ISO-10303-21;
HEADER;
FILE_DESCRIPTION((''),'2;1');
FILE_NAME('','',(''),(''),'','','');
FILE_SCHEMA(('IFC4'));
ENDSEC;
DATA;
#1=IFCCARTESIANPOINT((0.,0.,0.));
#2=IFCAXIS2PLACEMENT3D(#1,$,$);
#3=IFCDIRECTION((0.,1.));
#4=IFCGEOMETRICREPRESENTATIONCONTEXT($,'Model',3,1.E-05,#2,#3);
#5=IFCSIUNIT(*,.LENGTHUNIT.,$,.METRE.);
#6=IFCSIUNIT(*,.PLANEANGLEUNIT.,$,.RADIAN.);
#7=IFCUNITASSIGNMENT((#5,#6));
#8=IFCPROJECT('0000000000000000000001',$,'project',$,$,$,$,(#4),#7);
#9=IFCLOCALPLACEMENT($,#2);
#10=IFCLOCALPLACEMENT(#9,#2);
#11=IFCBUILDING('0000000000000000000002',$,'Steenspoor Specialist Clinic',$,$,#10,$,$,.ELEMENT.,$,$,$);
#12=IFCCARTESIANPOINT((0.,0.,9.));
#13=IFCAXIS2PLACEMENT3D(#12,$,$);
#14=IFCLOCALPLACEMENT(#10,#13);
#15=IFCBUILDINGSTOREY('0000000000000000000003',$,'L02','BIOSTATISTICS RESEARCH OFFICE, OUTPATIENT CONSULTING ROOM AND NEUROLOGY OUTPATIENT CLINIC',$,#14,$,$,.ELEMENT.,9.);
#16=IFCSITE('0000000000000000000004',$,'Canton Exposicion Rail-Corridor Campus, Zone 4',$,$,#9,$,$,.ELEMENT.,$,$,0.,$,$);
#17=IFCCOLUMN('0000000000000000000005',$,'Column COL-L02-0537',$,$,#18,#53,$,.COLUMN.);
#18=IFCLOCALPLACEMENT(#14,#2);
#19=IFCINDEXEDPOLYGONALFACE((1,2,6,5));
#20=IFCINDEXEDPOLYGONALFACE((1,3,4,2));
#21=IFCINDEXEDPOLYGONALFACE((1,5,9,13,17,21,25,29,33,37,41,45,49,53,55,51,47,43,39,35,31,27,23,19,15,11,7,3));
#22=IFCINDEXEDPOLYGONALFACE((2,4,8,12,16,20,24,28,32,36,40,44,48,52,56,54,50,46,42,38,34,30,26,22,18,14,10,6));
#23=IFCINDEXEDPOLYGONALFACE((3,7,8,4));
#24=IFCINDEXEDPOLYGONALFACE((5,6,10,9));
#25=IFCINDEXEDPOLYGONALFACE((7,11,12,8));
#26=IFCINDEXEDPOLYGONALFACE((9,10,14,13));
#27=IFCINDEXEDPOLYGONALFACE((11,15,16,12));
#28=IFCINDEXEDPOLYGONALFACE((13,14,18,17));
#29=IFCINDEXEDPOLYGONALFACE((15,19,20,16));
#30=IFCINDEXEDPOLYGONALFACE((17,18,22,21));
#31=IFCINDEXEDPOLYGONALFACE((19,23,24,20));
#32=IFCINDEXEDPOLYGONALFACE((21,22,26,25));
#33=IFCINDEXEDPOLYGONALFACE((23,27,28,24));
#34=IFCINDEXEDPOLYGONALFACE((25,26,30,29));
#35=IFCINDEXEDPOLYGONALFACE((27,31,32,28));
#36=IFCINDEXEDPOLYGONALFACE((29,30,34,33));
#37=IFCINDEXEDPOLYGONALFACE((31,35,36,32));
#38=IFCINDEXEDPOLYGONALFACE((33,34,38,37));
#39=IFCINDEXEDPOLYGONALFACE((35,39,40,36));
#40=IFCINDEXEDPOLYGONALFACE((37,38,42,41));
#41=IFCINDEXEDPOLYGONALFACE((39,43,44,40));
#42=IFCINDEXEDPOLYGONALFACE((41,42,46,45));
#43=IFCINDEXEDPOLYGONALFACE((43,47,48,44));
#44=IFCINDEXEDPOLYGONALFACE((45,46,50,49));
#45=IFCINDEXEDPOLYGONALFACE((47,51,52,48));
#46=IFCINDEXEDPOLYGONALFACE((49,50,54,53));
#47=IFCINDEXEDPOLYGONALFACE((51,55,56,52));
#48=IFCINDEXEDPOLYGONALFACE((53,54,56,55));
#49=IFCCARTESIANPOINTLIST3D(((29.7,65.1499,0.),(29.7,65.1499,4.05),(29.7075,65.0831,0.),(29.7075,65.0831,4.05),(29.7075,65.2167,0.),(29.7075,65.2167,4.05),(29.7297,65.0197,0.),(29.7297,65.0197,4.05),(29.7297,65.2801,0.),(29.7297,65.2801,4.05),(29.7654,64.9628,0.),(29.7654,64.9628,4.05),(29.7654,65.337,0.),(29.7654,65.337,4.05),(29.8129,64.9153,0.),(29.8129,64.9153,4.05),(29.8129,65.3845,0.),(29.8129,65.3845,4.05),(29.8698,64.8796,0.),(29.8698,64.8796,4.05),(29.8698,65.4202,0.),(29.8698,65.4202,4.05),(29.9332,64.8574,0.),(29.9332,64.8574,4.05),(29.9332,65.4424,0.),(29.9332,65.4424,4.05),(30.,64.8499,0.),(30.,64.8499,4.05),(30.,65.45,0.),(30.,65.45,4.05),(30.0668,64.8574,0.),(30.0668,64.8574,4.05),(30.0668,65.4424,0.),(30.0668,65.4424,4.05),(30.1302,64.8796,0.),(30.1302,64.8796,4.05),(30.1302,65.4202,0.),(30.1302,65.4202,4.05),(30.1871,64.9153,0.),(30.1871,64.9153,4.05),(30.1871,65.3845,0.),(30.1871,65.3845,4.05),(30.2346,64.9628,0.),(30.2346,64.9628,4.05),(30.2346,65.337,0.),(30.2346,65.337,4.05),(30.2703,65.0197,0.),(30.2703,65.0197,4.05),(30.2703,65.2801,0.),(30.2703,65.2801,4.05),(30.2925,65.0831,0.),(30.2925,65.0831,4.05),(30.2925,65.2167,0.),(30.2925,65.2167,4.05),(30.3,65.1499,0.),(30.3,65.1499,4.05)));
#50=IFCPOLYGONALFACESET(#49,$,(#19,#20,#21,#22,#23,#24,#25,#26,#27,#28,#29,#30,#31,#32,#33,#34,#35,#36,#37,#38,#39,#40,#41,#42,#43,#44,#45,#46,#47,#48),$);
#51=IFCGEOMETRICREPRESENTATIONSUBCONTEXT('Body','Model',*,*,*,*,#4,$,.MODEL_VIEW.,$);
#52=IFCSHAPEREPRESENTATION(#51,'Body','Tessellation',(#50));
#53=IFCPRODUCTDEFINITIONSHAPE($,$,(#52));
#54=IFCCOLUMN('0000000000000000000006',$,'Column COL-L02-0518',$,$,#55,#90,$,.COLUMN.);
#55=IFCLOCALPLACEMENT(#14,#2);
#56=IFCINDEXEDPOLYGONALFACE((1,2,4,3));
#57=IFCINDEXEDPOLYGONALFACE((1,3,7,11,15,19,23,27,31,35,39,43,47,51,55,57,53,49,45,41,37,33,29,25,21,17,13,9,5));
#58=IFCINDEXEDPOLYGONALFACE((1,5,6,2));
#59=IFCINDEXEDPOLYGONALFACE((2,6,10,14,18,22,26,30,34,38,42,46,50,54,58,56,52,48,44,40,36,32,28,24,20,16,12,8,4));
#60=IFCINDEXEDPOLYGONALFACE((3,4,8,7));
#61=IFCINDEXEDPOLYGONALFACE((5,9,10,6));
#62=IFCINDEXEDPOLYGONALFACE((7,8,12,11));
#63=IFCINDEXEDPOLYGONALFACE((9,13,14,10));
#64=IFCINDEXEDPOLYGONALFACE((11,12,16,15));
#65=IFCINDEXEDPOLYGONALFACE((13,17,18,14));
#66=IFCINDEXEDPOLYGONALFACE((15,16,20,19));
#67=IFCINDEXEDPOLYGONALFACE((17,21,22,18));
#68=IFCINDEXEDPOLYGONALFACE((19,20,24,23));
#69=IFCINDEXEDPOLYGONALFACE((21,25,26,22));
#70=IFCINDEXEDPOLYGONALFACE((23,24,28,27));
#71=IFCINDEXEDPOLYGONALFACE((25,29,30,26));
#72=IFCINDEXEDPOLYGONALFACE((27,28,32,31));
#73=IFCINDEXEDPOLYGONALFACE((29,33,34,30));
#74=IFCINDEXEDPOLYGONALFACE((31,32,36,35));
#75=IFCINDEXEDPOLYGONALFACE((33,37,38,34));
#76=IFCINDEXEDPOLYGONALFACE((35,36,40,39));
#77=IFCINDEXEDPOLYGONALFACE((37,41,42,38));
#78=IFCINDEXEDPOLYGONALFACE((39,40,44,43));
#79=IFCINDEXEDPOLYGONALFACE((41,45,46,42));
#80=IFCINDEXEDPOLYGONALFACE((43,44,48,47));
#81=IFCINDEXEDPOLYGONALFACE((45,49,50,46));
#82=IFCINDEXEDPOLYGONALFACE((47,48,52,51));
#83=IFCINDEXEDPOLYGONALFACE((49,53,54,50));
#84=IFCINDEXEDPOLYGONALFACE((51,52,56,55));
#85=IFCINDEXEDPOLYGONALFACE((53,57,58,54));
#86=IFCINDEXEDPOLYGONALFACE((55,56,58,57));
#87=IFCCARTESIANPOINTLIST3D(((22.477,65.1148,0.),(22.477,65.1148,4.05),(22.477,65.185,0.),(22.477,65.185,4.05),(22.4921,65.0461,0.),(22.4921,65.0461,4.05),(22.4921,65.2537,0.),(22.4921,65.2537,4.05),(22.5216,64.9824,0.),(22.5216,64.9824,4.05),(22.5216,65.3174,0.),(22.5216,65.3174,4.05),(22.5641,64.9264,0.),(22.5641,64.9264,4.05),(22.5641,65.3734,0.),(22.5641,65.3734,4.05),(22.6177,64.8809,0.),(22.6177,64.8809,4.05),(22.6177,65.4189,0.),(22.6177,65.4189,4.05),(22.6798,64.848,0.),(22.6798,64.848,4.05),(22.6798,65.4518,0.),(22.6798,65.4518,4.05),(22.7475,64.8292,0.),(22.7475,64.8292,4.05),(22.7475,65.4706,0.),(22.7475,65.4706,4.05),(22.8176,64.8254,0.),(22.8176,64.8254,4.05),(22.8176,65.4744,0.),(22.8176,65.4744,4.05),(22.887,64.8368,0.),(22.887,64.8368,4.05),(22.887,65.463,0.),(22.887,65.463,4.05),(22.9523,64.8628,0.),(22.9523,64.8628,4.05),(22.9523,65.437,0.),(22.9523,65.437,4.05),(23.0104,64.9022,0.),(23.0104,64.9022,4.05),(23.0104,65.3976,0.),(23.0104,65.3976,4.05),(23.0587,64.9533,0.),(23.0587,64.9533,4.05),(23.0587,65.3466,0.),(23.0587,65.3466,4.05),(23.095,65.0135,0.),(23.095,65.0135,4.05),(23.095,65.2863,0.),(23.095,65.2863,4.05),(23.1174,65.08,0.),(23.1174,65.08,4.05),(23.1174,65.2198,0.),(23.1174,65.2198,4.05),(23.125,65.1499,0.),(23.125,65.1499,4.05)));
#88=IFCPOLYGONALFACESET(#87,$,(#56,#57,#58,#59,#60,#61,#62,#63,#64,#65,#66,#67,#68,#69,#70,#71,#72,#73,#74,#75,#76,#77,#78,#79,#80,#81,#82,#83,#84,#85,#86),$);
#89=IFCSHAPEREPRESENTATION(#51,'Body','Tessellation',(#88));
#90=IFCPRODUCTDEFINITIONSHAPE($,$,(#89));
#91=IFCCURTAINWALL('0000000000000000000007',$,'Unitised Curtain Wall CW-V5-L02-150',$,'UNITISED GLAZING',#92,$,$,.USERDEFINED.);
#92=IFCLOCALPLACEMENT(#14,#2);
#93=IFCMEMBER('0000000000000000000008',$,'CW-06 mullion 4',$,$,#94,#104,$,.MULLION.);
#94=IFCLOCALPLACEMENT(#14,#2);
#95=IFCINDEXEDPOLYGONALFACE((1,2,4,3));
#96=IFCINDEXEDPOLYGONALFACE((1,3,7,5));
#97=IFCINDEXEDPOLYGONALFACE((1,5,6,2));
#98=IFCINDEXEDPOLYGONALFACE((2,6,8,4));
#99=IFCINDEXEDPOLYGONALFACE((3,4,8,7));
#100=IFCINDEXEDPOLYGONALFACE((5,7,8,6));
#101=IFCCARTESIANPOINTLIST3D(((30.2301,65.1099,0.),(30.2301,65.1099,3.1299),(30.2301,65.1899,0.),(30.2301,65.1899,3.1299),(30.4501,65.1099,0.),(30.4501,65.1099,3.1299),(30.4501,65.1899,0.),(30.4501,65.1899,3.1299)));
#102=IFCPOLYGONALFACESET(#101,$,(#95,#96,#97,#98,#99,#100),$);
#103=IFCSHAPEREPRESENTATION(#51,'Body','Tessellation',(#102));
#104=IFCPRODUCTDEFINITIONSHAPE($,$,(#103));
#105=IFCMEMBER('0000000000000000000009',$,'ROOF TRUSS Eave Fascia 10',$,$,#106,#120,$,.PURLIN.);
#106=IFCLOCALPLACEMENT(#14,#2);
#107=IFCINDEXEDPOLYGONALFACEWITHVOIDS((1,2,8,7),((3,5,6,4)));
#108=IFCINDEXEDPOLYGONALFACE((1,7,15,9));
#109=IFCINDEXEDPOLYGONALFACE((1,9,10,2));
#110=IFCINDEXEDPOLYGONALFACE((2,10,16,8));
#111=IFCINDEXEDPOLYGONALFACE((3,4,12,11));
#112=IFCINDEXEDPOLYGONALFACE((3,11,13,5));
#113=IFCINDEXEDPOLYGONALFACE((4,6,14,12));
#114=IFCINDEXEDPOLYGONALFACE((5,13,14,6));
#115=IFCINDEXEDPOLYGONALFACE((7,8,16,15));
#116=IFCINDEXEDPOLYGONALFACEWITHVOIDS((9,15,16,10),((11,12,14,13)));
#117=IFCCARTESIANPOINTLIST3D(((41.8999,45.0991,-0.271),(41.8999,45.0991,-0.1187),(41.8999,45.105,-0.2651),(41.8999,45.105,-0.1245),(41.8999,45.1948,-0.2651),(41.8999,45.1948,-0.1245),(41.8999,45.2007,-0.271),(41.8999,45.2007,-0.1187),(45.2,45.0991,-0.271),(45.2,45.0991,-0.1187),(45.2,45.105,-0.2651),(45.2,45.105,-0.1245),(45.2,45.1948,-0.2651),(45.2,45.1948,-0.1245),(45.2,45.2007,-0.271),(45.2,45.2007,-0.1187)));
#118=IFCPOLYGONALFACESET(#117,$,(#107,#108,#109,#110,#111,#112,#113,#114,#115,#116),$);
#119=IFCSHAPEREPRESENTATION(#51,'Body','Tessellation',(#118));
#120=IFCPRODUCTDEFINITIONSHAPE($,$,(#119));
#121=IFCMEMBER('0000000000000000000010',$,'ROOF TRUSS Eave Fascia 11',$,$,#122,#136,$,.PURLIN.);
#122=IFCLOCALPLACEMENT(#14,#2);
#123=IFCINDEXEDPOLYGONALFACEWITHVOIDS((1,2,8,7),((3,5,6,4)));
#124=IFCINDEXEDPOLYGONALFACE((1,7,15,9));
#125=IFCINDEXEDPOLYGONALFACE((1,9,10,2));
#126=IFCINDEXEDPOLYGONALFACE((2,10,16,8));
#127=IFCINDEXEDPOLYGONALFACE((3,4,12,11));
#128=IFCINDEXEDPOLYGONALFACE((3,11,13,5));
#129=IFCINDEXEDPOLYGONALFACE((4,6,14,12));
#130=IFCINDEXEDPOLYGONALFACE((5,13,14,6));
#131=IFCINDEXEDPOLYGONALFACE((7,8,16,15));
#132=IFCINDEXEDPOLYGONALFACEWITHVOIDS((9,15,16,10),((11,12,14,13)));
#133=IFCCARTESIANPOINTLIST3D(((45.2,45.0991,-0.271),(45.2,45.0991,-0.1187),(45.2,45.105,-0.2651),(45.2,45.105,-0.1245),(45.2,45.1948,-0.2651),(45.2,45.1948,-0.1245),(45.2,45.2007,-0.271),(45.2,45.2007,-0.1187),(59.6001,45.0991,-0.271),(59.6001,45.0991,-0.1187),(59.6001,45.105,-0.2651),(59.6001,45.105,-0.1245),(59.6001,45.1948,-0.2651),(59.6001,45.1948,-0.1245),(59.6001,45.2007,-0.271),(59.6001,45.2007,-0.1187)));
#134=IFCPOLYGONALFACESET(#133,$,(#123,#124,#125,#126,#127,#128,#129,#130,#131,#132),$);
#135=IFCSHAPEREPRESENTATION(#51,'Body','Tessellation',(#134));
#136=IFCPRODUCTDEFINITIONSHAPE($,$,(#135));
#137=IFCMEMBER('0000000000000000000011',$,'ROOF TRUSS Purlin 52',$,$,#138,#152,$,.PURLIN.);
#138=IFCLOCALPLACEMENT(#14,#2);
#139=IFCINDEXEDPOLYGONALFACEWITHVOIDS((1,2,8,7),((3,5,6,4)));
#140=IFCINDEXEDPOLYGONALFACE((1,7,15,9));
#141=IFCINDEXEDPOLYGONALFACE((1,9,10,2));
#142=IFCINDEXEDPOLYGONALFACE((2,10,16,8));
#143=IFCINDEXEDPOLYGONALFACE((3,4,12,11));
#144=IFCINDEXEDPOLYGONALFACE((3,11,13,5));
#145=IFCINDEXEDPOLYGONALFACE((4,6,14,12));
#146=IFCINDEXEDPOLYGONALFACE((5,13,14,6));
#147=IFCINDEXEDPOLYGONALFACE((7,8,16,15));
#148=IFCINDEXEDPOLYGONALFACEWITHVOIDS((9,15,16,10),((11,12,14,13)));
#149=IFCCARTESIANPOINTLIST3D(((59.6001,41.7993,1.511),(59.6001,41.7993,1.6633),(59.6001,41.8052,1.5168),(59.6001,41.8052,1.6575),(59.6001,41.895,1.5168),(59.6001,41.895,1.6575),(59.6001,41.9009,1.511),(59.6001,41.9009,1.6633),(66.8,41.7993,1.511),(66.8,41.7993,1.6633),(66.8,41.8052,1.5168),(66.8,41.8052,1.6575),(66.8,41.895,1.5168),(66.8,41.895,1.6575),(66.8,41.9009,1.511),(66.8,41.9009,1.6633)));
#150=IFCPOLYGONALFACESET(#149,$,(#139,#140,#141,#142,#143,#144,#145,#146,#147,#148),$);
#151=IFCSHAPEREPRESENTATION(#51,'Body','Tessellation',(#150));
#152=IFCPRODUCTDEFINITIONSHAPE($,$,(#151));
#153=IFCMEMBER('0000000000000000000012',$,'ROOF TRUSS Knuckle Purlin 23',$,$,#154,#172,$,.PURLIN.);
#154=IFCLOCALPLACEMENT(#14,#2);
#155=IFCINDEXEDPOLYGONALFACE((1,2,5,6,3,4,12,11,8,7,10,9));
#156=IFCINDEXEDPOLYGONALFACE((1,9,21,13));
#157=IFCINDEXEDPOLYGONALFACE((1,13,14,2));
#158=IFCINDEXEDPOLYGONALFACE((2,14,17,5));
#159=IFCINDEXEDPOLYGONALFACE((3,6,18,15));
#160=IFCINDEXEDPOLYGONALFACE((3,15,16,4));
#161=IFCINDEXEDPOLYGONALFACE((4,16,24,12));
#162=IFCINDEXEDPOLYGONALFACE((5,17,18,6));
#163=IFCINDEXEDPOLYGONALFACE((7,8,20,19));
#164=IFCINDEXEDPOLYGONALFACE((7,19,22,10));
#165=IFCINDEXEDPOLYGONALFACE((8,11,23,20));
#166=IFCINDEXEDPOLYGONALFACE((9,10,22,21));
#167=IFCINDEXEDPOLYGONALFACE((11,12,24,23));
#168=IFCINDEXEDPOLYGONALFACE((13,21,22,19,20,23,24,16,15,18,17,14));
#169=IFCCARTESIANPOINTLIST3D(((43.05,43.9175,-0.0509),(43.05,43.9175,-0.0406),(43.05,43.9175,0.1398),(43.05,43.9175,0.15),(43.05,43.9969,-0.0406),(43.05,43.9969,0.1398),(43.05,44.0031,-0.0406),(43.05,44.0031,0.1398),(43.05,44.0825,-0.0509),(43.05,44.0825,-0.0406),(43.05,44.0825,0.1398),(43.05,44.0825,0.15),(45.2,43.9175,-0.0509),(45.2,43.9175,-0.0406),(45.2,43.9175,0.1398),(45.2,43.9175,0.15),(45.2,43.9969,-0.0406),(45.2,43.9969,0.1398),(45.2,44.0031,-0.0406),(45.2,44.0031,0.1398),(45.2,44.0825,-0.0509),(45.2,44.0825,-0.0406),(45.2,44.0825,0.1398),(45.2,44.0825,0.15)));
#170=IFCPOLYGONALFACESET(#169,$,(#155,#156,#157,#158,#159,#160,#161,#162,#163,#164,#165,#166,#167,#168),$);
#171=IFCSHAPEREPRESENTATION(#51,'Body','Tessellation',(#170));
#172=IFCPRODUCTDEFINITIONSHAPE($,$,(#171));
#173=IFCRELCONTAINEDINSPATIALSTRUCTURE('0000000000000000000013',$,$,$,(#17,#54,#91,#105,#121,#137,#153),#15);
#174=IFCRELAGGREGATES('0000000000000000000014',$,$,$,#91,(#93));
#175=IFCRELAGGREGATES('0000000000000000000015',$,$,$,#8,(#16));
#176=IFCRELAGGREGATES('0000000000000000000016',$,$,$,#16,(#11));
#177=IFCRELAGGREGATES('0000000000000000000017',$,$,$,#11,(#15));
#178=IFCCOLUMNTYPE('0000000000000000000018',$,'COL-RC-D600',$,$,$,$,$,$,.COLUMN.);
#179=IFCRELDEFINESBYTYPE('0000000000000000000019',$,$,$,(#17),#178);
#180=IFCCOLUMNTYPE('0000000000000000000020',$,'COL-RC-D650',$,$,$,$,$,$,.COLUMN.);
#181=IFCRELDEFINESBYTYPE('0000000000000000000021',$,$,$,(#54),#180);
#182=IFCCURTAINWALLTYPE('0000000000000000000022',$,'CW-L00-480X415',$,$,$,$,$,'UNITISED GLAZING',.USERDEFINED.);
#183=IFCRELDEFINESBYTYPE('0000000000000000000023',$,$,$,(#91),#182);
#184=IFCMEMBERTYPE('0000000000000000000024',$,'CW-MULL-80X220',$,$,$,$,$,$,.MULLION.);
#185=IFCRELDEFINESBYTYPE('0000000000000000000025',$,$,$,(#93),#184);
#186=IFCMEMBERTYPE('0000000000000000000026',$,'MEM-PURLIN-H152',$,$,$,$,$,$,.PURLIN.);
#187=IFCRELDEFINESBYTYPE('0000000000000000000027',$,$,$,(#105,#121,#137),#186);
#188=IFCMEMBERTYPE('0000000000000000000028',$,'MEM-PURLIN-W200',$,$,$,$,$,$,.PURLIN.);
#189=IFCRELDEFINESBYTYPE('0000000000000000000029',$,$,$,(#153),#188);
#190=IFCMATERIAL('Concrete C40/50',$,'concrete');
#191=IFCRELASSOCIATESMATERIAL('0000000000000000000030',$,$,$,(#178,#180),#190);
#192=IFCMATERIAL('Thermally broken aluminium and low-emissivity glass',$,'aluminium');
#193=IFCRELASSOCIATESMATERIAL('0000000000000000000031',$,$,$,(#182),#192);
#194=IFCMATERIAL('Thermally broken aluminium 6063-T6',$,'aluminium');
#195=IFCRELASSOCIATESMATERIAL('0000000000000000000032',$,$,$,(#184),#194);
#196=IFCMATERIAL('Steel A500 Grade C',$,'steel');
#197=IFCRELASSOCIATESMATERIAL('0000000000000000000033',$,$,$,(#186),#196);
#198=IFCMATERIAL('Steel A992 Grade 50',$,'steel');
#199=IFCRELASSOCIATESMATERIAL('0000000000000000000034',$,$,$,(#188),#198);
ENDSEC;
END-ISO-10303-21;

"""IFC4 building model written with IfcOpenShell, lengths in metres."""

from ifc_helpers import new_model, si_unit, direction, frame, origin, origin_2d, place, context, subcontext, project, spatial, rectangle, hollow_rectangle, circle, i_section, extrude, material, material_profile, profile_set, type_object, element, aggregate, save


model = new_model("IFC4")

# Units and contexts
model_context = context("Model", 3, precision=1e-05, world=origin(), true_north=direction((0.0, 1.0)))
body_context = subcontext(model_context, "Body", "Model", "MODEL_VIEW")
ifc_project = project(units=[si_unit("LENGTHUNIT", "METRE"), si_unit("PLANEANGLEUNIT", "RADIAN")], contexts=[model_context])

# Site, building, storey
site_placement = place(None, origin())
site = spatial("IfcSite", under=ifc_project, at=site_placement, Name="Canton Exposicion Rail-Corridor Campus, Zone 4", CompositionType="ELEMENT", RefElevation=0.0)
building_placement = place(site_placement, origin())
building = spatial("IfcBuilding", under=site, at=building_placement, Name="Steenspoor Specialist Clinic", CompositionType="ELEMENT")
storey_placement = place(building_placement, frame((0.0, 0.0, 9.0)))
storey = spatial("IfcBuildingStorey", under=building, at=storey_placement, Name="L02", Description="BIOSTATISTICS RESEARCH OFFICE, OUTPATIENT CONSULTING ROOM AND NEUROLOGY OUTPATIENT CLINIC", CompositionType="ELEMENT", Elevation=9.0)

# Columns
ifc_material_1 = material(Name="Concrete C40/50", Category="concrete")
ifc_material_profile_1 = material_profile(ifc_material_1, circle(Radius=0.3, at=origin_2d()), Name="RC-COL-D600")
ifc_profile_set_1 = profile_set([ifc_material_profile_1], Name="Concrete C40/50")
column_type_1 = type_object("IfcColumnType", Name="COL-RC-D600", PredefinedType="COLUMN", material=ifc_profile_set_1)
column_1_placement = place(storey_placement, frame((30.0, 65.1499, 0.0), z_axis=(0.0, 0.0, 1.0), x_axis=(1.0, 0.0, 0.0)))
element("IfcColumn", 1, at=column_1_placement, inside=storey, type_object=column_type_1, Name="Column COL-L02-0537", PredefinedType="COLUMN", context=body_context, shape_type="SweptSolid", body=[
    extrude(circle(Radius=0.3, at=origin_2d()), origin(), (0.0, 0.0, 1.0), 4.05),
])
ifc_material_profile_2 = material_profile(ifc_material_1, circle(Radius=0.325, at=origin_2d()), Name="RC-COL-D650")
ifc_profile_set_2 = profile_set([ifc_material_profile_2], Name="Concrete C40/50")
column_type_2 = type_object("IfcColumnType", Name="COL-RC-D650", PredefinedType="COLUMN", material=ifc_profile_set_2)
column_2_placement = place(storey_placement, frame((22.8, 65.1499, 0.0), z_axis=(0.0, 0.0, 1.0), x_axis=(1.0, 0.0, 0.0)))
element("IfcColumn", 2, at=column_2_placement, inside=storey, type_object=column_type_2, Name="Column COL-L02-0518", PredefinedType="COLUMN", context=body_context, shape_type="SweptSolid", body=[
    extrude(circle(Radius=0.325, at=origin_2d()), origin(), (0.0, 0.0, 1.0), 4.05),
])

# Curtain wall, member
ifc_material_2 = material(Name="Thermally broken aluminium and low-emissivity glass", Category="aluminium")
curtain_wall_type = type_object("IfcCurtainWallType", Name="CW-L00-480X415", ElementType="UNITISED GLAZING", PredefinedType="USERDEFINED", material=ifc_material_2)
curtain_wall_placement = place(storey_placement, origin())
curtain_wall = element("IfcCurtainWall", 3, at=curtain_wall_placement, inside=storey, type_object=curtain_wall_type, Name="Unitised Curtain Wall CW-V5-L02-150", ObjectType="UNITISED GLAZING", PredefinedType="USERDEFINED")
ifc_material_3 = material(Name="Thermally broken aluminium 6063-T6", Category="aluminium")
ifc_material_profile_3 = material_profile(ifc_material_3, rectangle(XDim=0.0801, YDim=0.22, at=origin_2d()), Name="CWM-80X220")
ifc_profile_set_3 = profile_set([ifc_material_profile_3], Name="Thermally broken aluminium 6063-T6")
member_type_1 = type_object("IfcMemberType", Name="CW-MULL-80X220", PredefinedType="MULLION", material=ifc_profile_set_3)
member_1_placement = place(storey_placement, frame((30.3401, 65.1499, 0.0), z_axis=(0.0, 0.0, 1.0), x_axis=(0.0, -1.0, 0.0)))
member_1 = element("IfcMember", 4, at=member_1_placement, type_object=member_type_1, Name="CW-06 mullion 4", PredefinedType="MULLION", context=body_context, shape_type="SweptSolid", body=[
    extrude(rectangle(XDim=0.0801, YDim=0.22, at=origin_2d()), origin(), (0.0, 0.0, 1.0), 3.1299),
])

# Members
ifc_material_4 = material(Name="Steel A500 Grade C", Category="steel")
ifc_material_profile_4 = material_profile(ifc_material_4, hollow_rectangle(XDim=0.1016, YDim=0.1523, WallThickness=0.0059, at=origin_2d()), Name="HSS152X102X6.4")
ifc_profile_set_4 = profile_set([ifc_material_profile_4], Name="Steel A500 Grade C")
member_type_2 = type_object("IfcMemberType", Name="MEM-PURLIN-H152", PredefinedType="PURLIN", material=ifc_profile_set_4)
member_2_placement = place(storey_placement, frame((41.8999, 45.1499, -0.1948), z_axis=(1.0, 0.0, 0.0), x_axis=(0.0, 1.0, 0.0)))
element("IfcMember", 5, at=member_2_placement, inside=storey, type_object=member_type_2, Name="ROOF TRUSS Eave Fascia 10", PredefinedType="PURLIN", context=body_context, shape_type="SweptSolid", body=[
    extrude(hollow_rectangle(XDim=0.1016, YDim=0.1523, WallThickness=0.0059, at=origin_2d()), origin(), (0.0, 0.0, 1.0), 3.3),
])
member_3_placement = place(storey_placement, frame((45.2, 45.1499, -0.1948), z_axis=(1.0, 0.0, 0.0), x_axis=(0.0, 1.0, 0.0)))
element("IfcMember", 6, at=member_3_placement, inside=storey, type_object=member_type_2, Name="ROOF TRUSS Eave Fascia 11", PredefinedType="PURLIN", context=body_context, shape_type="SweptSolid", body=[
    extrude(hollow_rectangle(XDim=0.1016, YDim=0.1523, WallThickness=0.0059, at=origin_2d()), origin(), (0.0, 0.0, 1.0), 14.4001),
])
member_4_placement = place(storey_placement, frame((59.6001, 41.8501, 1.5872), z_axis=(1.0, 0.0, 0.0), x_axis=(0.0, 1.0, 0.0)))
element("IfcMember", 7, at=member_4_placement, inside=storey, type_object=member_type_2, Name="ROOF TRUSS Purlin 52", PredefinedType="PURLIN", context=body_context, shape_type="SweptSolid", body=[
    extrude(hollow_rectangle(XDim=0.1016, YDim=0.1523, WallThickness=0.0059, at=origin_2d()), origin(), (0.0, 0.0, 1.0), 7.2),
])
ifc_material_5 = material(Name="Steel A992 Grade 50", Category="steel")
ifc_material_profile_5 = material_profile(ifc_material_5, i_section(OverallWidth=0.165, OverallDepth=0.2009, WebThickness=0.0061, FlangeThickness=0.0103, at=origin_2d()), Name="W200X36")
ifc_profile_set_5 = profile_set([ifc_material_profile_5], Name="Steel A992 Grade 50")
member_type_3 = type_object("IfcMemberType", Name="MEM-PURLIN-W200", PredefinedType="PURLIN", material=ifc_profile_set_5)
member_5_placement = place(storey_placement, frame((43.05, 44.0, 0.0496), z_axis=(1.0, 0.0, 0.0), x_axis=(0.0, 1.0, 0.0)))
element("IfcMember", 8, at=member_5_placement, inside=storey, type_object=member_type_3, Name="ROOF TRUSS Knuckle Purlin 23", PredefinedType="PURLIN", context=body_context, shape_type="SweptSolid", body=[
    extrude(i_section(OverallWidth=0.165, OverallDepth=0.2009, WebThickness=0.0061, FlangeThickness=0.0103, at=origin_2d()), origin(), (0.0, 0.0, 1.0), 2.1499),
])

aggregate(curtain_wall, [member_1])

save(model, "model.ifc")
